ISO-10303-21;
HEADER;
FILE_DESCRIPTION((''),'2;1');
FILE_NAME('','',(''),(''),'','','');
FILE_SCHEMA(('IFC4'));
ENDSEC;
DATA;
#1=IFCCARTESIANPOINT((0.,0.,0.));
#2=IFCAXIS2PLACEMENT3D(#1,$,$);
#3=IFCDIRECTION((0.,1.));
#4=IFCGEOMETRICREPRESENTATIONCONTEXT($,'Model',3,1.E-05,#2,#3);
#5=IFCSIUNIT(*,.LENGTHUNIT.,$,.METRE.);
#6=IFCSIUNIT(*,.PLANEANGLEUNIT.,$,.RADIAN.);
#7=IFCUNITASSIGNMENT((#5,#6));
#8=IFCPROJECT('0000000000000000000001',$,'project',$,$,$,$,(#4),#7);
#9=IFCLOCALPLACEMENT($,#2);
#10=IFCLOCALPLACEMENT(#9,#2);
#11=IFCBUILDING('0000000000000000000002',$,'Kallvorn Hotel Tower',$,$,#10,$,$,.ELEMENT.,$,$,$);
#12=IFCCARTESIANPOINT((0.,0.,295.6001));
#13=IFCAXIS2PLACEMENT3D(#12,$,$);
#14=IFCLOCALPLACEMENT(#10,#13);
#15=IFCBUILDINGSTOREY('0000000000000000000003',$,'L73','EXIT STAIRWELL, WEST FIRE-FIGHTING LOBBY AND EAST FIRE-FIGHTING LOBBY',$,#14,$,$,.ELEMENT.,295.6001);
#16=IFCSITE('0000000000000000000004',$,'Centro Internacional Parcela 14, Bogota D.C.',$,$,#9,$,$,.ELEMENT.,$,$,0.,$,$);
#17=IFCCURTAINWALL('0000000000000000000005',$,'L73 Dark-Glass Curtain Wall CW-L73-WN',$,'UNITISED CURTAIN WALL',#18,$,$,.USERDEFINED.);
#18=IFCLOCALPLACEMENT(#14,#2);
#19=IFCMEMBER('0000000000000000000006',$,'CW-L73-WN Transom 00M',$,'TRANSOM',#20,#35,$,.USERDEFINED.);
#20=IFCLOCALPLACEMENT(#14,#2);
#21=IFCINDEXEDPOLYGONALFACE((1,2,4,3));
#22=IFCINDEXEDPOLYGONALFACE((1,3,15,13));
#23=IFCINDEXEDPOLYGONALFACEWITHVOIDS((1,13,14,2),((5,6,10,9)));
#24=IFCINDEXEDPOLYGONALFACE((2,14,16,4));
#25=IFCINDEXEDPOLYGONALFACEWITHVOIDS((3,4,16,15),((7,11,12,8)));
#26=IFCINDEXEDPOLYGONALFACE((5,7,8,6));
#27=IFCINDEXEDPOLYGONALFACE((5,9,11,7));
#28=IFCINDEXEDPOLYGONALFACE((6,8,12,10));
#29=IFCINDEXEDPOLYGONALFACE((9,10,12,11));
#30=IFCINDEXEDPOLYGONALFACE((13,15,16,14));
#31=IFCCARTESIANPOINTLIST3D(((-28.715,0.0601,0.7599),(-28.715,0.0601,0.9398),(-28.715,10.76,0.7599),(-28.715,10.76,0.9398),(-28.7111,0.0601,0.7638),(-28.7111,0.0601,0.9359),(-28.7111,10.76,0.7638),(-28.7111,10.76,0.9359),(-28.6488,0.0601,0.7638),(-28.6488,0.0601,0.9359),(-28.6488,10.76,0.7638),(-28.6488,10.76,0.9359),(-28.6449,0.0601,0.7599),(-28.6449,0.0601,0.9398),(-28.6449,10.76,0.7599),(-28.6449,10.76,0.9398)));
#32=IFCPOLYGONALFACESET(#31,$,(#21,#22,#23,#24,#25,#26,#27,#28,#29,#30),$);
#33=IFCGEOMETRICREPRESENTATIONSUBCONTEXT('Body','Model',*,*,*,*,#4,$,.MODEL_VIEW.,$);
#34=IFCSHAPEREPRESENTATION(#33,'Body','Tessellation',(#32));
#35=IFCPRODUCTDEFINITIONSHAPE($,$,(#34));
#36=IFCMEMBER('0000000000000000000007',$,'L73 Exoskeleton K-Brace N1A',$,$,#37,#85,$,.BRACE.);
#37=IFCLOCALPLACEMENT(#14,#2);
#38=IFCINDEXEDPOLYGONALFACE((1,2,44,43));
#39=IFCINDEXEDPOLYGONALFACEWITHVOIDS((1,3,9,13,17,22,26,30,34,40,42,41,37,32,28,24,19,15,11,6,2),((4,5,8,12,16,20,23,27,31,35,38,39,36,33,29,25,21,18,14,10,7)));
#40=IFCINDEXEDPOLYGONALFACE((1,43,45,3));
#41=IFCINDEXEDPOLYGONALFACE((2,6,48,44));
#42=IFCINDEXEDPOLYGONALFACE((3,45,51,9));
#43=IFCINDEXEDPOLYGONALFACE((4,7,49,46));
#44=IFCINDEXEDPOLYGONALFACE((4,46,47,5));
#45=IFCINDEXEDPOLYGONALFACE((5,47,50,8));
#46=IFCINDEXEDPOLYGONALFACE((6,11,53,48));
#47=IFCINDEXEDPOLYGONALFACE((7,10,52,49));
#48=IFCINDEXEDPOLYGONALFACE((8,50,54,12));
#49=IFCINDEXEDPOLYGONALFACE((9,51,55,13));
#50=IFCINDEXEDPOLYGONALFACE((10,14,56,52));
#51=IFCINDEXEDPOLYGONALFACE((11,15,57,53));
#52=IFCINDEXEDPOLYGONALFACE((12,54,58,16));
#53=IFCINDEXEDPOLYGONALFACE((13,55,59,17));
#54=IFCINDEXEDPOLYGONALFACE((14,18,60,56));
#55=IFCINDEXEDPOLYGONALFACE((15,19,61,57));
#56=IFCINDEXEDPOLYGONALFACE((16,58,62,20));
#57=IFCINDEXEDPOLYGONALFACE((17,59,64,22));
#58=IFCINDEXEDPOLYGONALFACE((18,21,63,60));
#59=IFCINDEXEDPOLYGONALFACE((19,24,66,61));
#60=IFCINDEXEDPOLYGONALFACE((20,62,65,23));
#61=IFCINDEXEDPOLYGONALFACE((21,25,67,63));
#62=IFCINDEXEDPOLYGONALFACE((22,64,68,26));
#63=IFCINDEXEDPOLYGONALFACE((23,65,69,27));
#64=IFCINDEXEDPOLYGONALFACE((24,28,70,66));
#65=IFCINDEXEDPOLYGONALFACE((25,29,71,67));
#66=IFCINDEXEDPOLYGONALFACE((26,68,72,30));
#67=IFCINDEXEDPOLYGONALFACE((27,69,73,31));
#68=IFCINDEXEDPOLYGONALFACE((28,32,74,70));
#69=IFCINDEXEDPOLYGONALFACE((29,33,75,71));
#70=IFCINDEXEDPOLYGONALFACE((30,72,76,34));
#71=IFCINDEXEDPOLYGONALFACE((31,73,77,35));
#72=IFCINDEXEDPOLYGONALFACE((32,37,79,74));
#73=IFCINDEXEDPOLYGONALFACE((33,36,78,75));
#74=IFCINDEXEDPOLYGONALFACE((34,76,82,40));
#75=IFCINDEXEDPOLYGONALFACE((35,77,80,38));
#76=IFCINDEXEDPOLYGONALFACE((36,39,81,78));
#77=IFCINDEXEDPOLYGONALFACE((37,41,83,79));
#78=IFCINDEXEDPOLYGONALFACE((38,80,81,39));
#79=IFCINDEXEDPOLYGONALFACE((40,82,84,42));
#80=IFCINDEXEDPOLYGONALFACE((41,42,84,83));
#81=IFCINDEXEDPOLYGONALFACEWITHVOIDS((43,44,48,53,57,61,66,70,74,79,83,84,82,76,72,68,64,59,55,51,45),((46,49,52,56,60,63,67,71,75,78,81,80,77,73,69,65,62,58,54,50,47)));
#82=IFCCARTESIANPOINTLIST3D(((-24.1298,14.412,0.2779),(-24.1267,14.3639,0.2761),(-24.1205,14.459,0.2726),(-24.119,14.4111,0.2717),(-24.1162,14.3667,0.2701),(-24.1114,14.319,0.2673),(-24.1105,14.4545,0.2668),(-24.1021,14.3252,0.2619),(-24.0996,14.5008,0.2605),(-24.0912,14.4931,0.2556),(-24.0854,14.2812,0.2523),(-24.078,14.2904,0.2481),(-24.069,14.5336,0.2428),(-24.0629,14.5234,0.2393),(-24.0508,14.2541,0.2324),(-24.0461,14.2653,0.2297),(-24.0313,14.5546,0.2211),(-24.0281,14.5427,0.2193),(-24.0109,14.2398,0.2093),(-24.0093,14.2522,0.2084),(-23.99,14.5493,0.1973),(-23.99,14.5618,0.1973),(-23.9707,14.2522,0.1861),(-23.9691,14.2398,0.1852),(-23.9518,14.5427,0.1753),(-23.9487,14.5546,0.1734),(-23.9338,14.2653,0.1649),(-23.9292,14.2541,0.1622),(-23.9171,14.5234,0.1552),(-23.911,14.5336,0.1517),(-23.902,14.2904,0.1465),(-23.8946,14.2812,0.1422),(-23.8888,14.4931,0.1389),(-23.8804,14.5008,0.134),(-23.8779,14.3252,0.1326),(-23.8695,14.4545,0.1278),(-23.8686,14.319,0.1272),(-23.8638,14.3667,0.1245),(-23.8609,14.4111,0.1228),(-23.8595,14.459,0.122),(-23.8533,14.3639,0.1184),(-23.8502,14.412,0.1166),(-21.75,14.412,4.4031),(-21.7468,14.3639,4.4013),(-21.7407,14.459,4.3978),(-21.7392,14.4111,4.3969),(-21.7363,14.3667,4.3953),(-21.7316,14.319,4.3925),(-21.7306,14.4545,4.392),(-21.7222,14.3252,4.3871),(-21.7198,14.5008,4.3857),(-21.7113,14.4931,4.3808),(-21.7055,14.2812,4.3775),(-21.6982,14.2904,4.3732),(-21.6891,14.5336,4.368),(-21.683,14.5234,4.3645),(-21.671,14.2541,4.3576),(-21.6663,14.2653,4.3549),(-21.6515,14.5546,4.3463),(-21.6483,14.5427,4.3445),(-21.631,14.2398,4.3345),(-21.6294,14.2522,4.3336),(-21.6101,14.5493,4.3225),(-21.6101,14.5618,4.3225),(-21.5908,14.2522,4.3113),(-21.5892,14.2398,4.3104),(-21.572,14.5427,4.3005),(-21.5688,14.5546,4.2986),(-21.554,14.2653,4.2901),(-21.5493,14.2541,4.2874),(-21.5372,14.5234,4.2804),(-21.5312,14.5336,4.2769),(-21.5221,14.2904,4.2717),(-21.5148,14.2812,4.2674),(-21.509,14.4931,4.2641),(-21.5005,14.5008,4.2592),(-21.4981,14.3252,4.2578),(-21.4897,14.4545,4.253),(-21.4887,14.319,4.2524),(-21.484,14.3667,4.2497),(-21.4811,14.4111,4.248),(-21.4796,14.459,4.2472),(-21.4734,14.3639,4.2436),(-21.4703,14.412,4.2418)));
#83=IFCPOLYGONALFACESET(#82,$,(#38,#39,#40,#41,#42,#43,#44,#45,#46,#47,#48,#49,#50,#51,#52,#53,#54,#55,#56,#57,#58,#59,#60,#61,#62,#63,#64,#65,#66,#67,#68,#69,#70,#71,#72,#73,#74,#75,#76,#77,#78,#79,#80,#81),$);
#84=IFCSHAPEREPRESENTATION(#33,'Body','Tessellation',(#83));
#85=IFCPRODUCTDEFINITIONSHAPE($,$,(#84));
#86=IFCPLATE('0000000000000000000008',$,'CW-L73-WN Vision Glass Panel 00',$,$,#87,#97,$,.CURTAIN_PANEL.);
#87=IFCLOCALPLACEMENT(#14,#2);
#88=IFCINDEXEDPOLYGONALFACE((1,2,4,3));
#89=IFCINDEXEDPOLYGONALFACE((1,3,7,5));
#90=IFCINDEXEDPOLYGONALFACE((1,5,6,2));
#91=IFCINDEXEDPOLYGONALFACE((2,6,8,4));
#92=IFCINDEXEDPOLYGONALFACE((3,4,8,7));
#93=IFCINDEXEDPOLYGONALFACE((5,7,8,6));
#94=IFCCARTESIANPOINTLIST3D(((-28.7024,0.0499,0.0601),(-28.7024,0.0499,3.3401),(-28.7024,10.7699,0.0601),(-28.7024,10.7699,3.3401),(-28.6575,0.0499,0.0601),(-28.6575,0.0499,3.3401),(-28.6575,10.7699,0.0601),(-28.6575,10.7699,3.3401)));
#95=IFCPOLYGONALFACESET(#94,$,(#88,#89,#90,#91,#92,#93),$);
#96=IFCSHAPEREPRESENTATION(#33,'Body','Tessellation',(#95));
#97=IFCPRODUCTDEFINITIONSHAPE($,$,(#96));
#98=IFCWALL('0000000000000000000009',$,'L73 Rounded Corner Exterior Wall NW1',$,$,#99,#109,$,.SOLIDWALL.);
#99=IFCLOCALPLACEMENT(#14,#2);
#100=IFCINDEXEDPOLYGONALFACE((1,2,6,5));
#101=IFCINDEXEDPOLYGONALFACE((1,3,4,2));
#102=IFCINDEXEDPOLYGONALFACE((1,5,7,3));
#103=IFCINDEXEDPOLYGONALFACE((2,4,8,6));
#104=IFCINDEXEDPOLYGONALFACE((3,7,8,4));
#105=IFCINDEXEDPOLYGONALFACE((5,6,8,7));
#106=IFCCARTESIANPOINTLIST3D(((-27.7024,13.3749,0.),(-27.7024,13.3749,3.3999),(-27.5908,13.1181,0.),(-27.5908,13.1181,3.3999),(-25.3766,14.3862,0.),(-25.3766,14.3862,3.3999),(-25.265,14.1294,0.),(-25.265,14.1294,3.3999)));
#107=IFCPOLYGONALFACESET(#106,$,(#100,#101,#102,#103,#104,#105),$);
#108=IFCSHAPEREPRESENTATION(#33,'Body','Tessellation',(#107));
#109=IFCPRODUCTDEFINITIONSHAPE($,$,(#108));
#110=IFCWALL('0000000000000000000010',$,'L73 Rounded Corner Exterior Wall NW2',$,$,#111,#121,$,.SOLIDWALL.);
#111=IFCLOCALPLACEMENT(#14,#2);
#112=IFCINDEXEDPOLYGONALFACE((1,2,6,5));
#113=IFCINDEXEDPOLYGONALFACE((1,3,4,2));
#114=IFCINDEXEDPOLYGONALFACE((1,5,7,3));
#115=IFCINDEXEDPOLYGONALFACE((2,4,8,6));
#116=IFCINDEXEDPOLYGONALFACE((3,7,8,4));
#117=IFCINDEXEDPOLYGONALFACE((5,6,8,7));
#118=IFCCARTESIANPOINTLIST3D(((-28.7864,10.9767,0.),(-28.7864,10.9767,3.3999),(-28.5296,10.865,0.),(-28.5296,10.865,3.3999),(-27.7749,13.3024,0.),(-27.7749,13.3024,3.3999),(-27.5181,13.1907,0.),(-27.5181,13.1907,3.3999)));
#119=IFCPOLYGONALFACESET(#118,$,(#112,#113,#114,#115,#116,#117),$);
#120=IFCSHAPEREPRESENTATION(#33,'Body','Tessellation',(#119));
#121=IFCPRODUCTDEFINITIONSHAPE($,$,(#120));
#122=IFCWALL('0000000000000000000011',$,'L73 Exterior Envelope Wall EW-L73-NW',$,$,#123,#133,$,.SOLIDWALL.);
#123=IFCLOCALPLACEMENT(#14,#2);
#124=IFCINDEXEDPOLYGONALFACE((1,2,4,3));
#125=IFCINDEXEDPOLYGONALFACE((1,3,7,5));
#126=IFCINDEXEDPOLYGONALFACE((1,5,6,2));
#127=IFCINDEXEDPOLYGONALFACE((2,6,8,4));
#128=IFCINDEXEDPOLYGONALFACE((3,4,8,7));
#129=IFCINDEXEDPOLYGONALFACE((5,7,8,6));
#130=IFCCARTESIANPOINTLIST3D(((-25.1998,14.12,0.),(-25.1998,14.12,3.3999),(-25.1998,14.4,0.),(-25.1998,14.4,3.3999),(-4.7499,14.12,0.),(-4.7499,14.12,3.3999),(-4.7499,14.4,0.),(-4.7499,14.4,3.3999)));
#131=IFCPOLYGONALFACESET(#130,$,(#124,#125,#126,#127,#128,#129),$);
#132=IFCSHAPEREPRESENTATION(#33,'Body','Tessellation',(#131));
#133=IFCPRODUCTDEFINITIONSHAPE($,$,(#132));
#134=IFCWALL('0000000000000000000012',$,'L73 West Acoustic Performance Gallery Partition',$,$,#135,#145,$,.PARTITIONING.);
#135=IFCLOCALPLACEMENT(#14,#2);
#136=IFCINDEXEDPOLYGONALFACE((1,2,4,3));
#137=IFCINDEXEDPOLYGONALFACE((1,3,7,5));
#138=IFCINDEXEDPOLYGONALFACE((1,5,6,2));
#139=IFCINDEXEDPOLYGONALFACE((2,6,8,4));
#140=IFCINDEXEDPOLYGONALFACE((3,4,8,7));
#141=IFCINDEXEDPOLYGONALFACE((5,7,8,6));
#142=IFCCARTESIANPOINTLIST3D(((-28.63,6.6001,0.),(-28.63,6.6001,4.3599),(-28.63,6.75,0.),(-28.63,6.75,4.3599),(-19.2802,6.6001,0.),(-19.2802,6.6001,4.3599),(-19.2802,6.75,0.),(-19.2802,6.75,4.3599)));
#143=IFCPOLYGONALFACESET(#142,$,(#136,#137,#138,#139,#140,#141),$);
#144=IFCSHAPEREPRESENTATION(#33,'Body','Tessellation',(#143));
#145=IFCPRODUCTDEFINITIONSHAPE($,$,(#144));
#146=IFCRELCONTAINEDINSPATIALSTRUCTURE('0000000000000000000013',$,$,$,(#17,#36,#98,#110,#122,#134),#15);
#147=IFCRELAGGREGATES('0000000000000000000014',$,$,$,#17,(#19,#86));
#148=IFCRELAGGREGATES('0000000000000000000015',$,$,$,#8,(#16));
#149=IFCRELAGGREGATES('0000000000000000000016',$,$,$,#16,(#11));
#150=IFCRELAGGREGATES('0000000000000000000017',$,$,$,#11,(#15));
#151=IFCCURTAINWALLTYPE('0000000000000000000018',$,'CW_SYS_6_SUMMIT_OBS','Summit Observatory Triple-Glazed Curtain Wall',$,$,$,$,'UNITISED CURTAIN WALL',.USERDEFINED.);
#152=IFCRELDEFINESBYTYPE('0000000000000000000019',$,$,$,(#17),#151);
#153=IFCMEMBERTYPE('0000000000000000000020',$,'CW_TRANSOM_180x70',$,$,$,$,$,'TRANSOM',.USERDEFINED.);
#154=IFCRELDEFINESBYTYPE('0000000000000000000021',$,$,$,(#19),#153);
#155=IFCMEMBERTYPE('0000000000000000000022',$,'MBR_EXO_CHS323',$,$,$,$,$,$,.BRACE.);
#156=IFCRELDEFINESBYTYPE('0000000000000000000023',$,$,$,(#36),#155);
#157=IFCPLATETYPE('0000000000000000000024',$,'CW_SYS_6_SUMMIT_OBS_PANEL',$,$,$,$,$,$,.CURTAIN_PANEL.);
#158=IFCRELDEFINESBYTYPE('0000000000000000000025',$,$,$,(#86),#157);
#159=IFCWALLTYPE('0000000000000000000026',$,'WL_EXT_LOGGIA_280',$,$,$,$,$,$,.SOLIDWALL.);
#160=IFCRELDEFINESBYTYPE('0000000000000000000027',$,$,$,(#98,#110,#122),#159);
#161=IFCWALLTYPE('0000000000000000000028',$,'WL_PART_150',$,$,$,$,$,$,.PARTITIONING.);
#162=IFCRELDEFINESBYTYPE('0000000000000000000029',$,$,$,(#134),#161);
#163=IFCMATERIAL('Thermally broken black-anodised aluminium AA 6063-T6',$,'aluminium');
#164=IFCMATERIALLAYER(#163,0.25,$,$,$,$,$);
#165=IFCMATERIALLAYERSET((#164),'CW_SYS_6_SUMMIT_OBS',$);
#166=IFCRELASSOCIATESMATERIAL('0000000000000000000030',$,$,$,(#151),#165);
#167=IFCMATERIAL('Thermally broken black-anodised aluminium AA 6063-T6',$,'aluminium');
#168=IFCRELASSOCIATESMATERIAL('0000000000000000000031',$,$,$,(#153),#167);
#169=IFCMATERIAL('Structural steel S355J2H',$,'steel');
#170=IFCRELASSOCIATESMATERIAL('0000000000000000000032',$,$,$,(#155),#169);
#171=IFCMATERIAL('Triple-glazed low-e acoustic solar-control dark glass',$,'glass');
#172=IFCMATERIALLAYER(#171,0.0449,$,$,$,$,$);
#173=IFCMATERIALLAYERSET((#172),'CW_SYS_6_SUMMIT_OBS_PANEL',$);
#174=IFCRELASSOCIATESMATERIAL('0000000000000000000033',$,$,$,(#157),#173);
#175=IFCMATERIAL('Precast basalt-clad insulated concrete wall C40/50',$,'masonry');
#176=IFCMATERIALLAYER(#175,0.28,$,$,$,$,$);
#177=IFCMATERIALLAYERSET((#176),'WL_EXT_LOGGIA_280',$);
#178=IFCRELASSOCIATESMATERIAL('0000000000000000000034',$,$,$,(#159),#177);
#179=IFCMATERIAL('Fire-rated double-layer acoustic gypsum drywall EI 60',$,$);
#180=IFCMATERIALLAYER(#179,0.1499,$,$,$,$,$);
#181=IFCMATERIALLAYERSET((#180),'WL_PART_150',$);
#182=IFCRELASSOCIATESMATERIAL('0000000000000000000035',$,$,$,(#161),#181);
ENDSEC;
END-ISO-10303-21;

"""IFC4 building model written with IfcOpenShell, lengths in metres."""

from ifc_helpers import new_model, si_unit, direction, frame, frame_2d, origin, origin_2d, place, context, subcontext, project, spatial, rectangle, hollow_rectangle, hollow_circle, extrude, material, layer, layer_set, material_profile, profile_set, type_object, element, aggregate, save


model = new_model("IFC4")

# Units and contexts
model_context = context("Model", 3, precision=1e-05, world=origin(), true_north=direction((0.0, 1.0)))
body_context = subcontext(model_context, "Body", "Model", "MODEL_VIEW")
ifc_project = project(units=[si_unit("LENGTHUNIT", "METRE"), si_unit("PLANEANGLEUNIT", "RADIAN")], contexts=[model_context])

# Site, building, storey
site_placement = place(None, origin())
site = spatial("IfcSite", under=ifc_project, at=site_placement, Name="Centro Internacional Parcela 14, Bogota D.C.", CompositionType="ELEMENT", RefElevation=0.0)
building_placement = place(site_placement, origin())
building = spatial("IfcBuilding", under=site, at=building_placement, Name="Kallvorn Hotel Tower", CompositionType="ELEMENT")
storey_placement = place(building_placement, frame((0.0, 0.0, 295.6001)))
storey = spatial("IfcBuildingStorey", under=building, at=storey_placement, Name="L73", Description="EXIT STAIRWELL, WEST FIRE-FIGHTING LOBBY AND EAST FIRE-FIGHTING LOBBY", CompositionType="ELEMENT", Elevation=295.6001)

# Curtain wall, member
ifc_material_1 = material(Name="Thermally broken black-anodised aluminium AA 6063-T6", Category="aluminium")
ifc_layer_1 = layer(ifc_material_1, 0.25)
ifc_layer_set_1 = layer_set([ifc_layer_1], Name="CW_SYS_6_SUMMIT_OBS")
curtain_wall_type = type_object("IfcCurtainWallType", Name="CW_SYS_6_SUMMIT_OBS", Description="Summit Observatory Triple-Glazed Curtain Wall", ElementType="UNITISED CURTAIN WALL", PredefinedType="USERDEFINED", material=ifc_layer_set_1)
curtain_wall_placement = place(storey_placement, origin())
curtain_wall = element("IfcCurtainWall", 1, at=curtain_wall_placement, inside=storey, type_object=curtain_wall_type, Name="L73 Dark-Glass Curtain Wall CW-L73-WN", ObjectType="UNITISED CURTAIN WALL", PredefinedType="USERDEFINED")
ifc_material_2 = material(Name="Thermally broken black-anodised aluminium AA 6063-T6", Category="aluminium")
ifc_material_profile_1 = material_profile(ifc_material_2, hollow_rectangle(XDim=0.0701, YDim=0.1799, WallThickness=0.0039, at=origin_2d()), Name="TRN 180x70")
ifc_profile_set_1 = profile_set([ifc_material_profile_1], Name="Thermally broken black-anodised aluminium AA 6063-T6")
member_type_1 = type_object("IfcMemberType", Name="CW_TRANSOM_180x70", ElementType="TRANSOM", PredefinedType="USERDEFINED", material=ifc_profile_set_1)
member_1_placement = place(storey_placement, frame((-28.6799, 0.0601, 0.8499), z_axis=(0.0, 1.0, 0.0), x_axis=(-1.0, 0.0, 0.0)))
member_1 = element("IfcMember", 2, at=member_1_placement, type_object=member_type_1, Name="CW-L73-WN Transom 00M", ObjectType="TRANSOM", PredefinedType="USERDEFINED", context=body_context, shape_type="SweptSolid", body=[
    extrude(hollow_rectangle(XDim=0.0701, YDim=0.1799, WallThickness=0.0039, at=origin_2d()), origin(), (0.0, 0.0, 1.0), 10.7),
])

# Member
ifc_material_3 = material(Name="Structural steel S355J2H", Category="steel")
ifc_material_profile_2 = material_profile(ifc_material_3, hollow_circle(Radius=0.1619, WallThickness=0.0125, at=origin_2d()), Name="CHS 323.9x12.5")
ifc_profile_set_2 = profile_set([ifc_material_profile_2], Name="Structural steel S355J2H")
member_type_2 = type_object("IfcMemberType", Name="MBR_EXO_CHS323", PredefinedType="BRACE", material=ifc_profile_set_2)
member_2_placement = place(storey_placement, frame((-23.99, 14.3999, 0.1973), z_axis=(0.499712, 0.0, 0.866192), x_axis=(0.0, 1.0, 0.0)))
element("IfcMember", 3, at=member_2_placement, inside=storey, type_object=member_type_2, Name="L73 Exoskeleton K-Brace N1A", PredefinedType="BRACE", context=body_context, shape_type="SweptSolid", body=[
    extrude(hollow_circle(Radius=0.1619, WallThickness=0.0125, at=origin_2d()), origin(), (0.0, 0.0, 1.0), 4.7625),
])

# Plate
ifc_material_4 = material(Name="Triple-glazed low-e acoustic solar-control dark glass", Category="glass")
ifc_layer_2 = layer(ifc_material_4, 0.0449)
ifc_layer_set_2 = layer_set([ifc_layer_2], Name="CW_SYS_6_SUMMIT_OBS_PANEL")
plate_type = type_object("IfcPlateType", Name="CW_SYS_6_SUMMIT_OBS_PANEL", PredefinedType="CURTAIN_PANEL", material=ifc_layer_set_2)
plate_placement = place(storey_placement, frame((-28.6799, 5.4099, 0.0601), z_axis=(0.0, 0.0, 1.0), x_axis=(0.0, 1.0, 0.0)))
plate = element("IfcPlate", 4, at=plate_placement, type_object=plate_type, Name="CW-L73-WN Vision Glass Panel 00", PredefinedType="CURTAIN_PANEL", context=body_context, shape_type="SweptSolid", body=[
    extrude(rectangle(XDim=10.72, YDim=0.0449, at=origin_2d()), origin(), (0.0, 0.0, 1.0), 3.28),
])
aggregate(curtain_wall, [member_1, plate])

# Walls
ifc_material_5 = material(Name="Precast basalt-clad insulated concrete wall C40/50", Category="masonry")
ifc_layer_3 = layer(ifc_material_5, 0.28)
ifc_layer_set_3 = layer_set([ifc_layer_3], Name="WL_EXT_LOGGIA_280")
wall_type_1 = type_object("IfcWallType", Name="WL_EXT_LOGGIA_280", PredefinedType="SOLIDWALL", material=ifc_layer_set_3)
for number, where, z_axis, x_axis, name in (
    (5, (-25.3208, 14.2578, 0.0), (0.0, 0.0, 1.0), (-0.917061, -0.398747, 0.0), "L73 Rounded Corner Exterior Wall NW1"),
    (6, (-27.6465, 13.2466, 0.0), (0.0, 0.0, 1.0), (-0.398828, -0.917026, 0.0), "L73 Rounded Corner Exterior Wall NW2"),
):
    element("IfcWall", number, at=place(storey_placement, frame(where, z_axis=z_axis, x_axis=x_axis)), inside=storey, type_object=wall_type_1, Name=name, PredefinedType="SOLIDWALL", context=body_context, shape_type="SweptSolid", body=[
        extrude(rectangle(XDim=2.5361, YDim=0.28, at=frame_2d((1.2681, 0.0))), origin(), (0.0, 0.0, 1.0), 3.3999),
    ])
wall_1_placement = place(storey_placement, frame((-25.2, 14.26, 0.0), z_axis=(0.0, 0.0, 1.0), x_axis=(1.0, 0.0, 0.0)))
element("IfcWall", 7, at=wall_1_placement, inside=storey, type_object=wall_type_1, Name="L73 Exterior Envelope Wall EW-L73-NW", PredefinedType="SOLIDWALL", context=body_context, shape_type="SweptSolid", body=[
    extrude(rectangle(XDim=20.45, YDim=0.28, at=frame_2d((10.2251, 0.0))), origin(), (0.0, 0.0, 1.0), 3.3999),
])
ifc_material_6 = material(Name="Fire-rated double-layer acoustic gypsum drywall EI 60")
ifc_layer_4 = layer(ifc_material_6, 0.1499)
ifc_layer_set_4 = layer_set([ifc_layer_4], Name="WL_PART_150")
wall_type_2 = type_object("IfcWallType", Name="WL_PART_150", PredefinedType="PARTITIONING", material=ifc_layer_set_4)
wall_2_placement = place(storey_placement, frame((-28.6299, 6.675, 0.0), z_axis=(0.0, 0.0, 1.0), x_axis=(1.0, 0.0, 0.0)))
element("IfcWall", 8, at=wall_2_placement, inside=storey, type_object=wall_type_2, Name="L73 West Acoustic Performance Gallery Partition", PredefinedType="PARTITIONING", context=body_context, shape_type="SweptSolid", body=[
    extrude(rectangle(XDim=9.3499, YDim=0.1499, at=frame_2d((4.6748, 0.0))), origin(), (0.0, 0.0, 1.0), 4.3599),
])

save(model, "model.ifc")
